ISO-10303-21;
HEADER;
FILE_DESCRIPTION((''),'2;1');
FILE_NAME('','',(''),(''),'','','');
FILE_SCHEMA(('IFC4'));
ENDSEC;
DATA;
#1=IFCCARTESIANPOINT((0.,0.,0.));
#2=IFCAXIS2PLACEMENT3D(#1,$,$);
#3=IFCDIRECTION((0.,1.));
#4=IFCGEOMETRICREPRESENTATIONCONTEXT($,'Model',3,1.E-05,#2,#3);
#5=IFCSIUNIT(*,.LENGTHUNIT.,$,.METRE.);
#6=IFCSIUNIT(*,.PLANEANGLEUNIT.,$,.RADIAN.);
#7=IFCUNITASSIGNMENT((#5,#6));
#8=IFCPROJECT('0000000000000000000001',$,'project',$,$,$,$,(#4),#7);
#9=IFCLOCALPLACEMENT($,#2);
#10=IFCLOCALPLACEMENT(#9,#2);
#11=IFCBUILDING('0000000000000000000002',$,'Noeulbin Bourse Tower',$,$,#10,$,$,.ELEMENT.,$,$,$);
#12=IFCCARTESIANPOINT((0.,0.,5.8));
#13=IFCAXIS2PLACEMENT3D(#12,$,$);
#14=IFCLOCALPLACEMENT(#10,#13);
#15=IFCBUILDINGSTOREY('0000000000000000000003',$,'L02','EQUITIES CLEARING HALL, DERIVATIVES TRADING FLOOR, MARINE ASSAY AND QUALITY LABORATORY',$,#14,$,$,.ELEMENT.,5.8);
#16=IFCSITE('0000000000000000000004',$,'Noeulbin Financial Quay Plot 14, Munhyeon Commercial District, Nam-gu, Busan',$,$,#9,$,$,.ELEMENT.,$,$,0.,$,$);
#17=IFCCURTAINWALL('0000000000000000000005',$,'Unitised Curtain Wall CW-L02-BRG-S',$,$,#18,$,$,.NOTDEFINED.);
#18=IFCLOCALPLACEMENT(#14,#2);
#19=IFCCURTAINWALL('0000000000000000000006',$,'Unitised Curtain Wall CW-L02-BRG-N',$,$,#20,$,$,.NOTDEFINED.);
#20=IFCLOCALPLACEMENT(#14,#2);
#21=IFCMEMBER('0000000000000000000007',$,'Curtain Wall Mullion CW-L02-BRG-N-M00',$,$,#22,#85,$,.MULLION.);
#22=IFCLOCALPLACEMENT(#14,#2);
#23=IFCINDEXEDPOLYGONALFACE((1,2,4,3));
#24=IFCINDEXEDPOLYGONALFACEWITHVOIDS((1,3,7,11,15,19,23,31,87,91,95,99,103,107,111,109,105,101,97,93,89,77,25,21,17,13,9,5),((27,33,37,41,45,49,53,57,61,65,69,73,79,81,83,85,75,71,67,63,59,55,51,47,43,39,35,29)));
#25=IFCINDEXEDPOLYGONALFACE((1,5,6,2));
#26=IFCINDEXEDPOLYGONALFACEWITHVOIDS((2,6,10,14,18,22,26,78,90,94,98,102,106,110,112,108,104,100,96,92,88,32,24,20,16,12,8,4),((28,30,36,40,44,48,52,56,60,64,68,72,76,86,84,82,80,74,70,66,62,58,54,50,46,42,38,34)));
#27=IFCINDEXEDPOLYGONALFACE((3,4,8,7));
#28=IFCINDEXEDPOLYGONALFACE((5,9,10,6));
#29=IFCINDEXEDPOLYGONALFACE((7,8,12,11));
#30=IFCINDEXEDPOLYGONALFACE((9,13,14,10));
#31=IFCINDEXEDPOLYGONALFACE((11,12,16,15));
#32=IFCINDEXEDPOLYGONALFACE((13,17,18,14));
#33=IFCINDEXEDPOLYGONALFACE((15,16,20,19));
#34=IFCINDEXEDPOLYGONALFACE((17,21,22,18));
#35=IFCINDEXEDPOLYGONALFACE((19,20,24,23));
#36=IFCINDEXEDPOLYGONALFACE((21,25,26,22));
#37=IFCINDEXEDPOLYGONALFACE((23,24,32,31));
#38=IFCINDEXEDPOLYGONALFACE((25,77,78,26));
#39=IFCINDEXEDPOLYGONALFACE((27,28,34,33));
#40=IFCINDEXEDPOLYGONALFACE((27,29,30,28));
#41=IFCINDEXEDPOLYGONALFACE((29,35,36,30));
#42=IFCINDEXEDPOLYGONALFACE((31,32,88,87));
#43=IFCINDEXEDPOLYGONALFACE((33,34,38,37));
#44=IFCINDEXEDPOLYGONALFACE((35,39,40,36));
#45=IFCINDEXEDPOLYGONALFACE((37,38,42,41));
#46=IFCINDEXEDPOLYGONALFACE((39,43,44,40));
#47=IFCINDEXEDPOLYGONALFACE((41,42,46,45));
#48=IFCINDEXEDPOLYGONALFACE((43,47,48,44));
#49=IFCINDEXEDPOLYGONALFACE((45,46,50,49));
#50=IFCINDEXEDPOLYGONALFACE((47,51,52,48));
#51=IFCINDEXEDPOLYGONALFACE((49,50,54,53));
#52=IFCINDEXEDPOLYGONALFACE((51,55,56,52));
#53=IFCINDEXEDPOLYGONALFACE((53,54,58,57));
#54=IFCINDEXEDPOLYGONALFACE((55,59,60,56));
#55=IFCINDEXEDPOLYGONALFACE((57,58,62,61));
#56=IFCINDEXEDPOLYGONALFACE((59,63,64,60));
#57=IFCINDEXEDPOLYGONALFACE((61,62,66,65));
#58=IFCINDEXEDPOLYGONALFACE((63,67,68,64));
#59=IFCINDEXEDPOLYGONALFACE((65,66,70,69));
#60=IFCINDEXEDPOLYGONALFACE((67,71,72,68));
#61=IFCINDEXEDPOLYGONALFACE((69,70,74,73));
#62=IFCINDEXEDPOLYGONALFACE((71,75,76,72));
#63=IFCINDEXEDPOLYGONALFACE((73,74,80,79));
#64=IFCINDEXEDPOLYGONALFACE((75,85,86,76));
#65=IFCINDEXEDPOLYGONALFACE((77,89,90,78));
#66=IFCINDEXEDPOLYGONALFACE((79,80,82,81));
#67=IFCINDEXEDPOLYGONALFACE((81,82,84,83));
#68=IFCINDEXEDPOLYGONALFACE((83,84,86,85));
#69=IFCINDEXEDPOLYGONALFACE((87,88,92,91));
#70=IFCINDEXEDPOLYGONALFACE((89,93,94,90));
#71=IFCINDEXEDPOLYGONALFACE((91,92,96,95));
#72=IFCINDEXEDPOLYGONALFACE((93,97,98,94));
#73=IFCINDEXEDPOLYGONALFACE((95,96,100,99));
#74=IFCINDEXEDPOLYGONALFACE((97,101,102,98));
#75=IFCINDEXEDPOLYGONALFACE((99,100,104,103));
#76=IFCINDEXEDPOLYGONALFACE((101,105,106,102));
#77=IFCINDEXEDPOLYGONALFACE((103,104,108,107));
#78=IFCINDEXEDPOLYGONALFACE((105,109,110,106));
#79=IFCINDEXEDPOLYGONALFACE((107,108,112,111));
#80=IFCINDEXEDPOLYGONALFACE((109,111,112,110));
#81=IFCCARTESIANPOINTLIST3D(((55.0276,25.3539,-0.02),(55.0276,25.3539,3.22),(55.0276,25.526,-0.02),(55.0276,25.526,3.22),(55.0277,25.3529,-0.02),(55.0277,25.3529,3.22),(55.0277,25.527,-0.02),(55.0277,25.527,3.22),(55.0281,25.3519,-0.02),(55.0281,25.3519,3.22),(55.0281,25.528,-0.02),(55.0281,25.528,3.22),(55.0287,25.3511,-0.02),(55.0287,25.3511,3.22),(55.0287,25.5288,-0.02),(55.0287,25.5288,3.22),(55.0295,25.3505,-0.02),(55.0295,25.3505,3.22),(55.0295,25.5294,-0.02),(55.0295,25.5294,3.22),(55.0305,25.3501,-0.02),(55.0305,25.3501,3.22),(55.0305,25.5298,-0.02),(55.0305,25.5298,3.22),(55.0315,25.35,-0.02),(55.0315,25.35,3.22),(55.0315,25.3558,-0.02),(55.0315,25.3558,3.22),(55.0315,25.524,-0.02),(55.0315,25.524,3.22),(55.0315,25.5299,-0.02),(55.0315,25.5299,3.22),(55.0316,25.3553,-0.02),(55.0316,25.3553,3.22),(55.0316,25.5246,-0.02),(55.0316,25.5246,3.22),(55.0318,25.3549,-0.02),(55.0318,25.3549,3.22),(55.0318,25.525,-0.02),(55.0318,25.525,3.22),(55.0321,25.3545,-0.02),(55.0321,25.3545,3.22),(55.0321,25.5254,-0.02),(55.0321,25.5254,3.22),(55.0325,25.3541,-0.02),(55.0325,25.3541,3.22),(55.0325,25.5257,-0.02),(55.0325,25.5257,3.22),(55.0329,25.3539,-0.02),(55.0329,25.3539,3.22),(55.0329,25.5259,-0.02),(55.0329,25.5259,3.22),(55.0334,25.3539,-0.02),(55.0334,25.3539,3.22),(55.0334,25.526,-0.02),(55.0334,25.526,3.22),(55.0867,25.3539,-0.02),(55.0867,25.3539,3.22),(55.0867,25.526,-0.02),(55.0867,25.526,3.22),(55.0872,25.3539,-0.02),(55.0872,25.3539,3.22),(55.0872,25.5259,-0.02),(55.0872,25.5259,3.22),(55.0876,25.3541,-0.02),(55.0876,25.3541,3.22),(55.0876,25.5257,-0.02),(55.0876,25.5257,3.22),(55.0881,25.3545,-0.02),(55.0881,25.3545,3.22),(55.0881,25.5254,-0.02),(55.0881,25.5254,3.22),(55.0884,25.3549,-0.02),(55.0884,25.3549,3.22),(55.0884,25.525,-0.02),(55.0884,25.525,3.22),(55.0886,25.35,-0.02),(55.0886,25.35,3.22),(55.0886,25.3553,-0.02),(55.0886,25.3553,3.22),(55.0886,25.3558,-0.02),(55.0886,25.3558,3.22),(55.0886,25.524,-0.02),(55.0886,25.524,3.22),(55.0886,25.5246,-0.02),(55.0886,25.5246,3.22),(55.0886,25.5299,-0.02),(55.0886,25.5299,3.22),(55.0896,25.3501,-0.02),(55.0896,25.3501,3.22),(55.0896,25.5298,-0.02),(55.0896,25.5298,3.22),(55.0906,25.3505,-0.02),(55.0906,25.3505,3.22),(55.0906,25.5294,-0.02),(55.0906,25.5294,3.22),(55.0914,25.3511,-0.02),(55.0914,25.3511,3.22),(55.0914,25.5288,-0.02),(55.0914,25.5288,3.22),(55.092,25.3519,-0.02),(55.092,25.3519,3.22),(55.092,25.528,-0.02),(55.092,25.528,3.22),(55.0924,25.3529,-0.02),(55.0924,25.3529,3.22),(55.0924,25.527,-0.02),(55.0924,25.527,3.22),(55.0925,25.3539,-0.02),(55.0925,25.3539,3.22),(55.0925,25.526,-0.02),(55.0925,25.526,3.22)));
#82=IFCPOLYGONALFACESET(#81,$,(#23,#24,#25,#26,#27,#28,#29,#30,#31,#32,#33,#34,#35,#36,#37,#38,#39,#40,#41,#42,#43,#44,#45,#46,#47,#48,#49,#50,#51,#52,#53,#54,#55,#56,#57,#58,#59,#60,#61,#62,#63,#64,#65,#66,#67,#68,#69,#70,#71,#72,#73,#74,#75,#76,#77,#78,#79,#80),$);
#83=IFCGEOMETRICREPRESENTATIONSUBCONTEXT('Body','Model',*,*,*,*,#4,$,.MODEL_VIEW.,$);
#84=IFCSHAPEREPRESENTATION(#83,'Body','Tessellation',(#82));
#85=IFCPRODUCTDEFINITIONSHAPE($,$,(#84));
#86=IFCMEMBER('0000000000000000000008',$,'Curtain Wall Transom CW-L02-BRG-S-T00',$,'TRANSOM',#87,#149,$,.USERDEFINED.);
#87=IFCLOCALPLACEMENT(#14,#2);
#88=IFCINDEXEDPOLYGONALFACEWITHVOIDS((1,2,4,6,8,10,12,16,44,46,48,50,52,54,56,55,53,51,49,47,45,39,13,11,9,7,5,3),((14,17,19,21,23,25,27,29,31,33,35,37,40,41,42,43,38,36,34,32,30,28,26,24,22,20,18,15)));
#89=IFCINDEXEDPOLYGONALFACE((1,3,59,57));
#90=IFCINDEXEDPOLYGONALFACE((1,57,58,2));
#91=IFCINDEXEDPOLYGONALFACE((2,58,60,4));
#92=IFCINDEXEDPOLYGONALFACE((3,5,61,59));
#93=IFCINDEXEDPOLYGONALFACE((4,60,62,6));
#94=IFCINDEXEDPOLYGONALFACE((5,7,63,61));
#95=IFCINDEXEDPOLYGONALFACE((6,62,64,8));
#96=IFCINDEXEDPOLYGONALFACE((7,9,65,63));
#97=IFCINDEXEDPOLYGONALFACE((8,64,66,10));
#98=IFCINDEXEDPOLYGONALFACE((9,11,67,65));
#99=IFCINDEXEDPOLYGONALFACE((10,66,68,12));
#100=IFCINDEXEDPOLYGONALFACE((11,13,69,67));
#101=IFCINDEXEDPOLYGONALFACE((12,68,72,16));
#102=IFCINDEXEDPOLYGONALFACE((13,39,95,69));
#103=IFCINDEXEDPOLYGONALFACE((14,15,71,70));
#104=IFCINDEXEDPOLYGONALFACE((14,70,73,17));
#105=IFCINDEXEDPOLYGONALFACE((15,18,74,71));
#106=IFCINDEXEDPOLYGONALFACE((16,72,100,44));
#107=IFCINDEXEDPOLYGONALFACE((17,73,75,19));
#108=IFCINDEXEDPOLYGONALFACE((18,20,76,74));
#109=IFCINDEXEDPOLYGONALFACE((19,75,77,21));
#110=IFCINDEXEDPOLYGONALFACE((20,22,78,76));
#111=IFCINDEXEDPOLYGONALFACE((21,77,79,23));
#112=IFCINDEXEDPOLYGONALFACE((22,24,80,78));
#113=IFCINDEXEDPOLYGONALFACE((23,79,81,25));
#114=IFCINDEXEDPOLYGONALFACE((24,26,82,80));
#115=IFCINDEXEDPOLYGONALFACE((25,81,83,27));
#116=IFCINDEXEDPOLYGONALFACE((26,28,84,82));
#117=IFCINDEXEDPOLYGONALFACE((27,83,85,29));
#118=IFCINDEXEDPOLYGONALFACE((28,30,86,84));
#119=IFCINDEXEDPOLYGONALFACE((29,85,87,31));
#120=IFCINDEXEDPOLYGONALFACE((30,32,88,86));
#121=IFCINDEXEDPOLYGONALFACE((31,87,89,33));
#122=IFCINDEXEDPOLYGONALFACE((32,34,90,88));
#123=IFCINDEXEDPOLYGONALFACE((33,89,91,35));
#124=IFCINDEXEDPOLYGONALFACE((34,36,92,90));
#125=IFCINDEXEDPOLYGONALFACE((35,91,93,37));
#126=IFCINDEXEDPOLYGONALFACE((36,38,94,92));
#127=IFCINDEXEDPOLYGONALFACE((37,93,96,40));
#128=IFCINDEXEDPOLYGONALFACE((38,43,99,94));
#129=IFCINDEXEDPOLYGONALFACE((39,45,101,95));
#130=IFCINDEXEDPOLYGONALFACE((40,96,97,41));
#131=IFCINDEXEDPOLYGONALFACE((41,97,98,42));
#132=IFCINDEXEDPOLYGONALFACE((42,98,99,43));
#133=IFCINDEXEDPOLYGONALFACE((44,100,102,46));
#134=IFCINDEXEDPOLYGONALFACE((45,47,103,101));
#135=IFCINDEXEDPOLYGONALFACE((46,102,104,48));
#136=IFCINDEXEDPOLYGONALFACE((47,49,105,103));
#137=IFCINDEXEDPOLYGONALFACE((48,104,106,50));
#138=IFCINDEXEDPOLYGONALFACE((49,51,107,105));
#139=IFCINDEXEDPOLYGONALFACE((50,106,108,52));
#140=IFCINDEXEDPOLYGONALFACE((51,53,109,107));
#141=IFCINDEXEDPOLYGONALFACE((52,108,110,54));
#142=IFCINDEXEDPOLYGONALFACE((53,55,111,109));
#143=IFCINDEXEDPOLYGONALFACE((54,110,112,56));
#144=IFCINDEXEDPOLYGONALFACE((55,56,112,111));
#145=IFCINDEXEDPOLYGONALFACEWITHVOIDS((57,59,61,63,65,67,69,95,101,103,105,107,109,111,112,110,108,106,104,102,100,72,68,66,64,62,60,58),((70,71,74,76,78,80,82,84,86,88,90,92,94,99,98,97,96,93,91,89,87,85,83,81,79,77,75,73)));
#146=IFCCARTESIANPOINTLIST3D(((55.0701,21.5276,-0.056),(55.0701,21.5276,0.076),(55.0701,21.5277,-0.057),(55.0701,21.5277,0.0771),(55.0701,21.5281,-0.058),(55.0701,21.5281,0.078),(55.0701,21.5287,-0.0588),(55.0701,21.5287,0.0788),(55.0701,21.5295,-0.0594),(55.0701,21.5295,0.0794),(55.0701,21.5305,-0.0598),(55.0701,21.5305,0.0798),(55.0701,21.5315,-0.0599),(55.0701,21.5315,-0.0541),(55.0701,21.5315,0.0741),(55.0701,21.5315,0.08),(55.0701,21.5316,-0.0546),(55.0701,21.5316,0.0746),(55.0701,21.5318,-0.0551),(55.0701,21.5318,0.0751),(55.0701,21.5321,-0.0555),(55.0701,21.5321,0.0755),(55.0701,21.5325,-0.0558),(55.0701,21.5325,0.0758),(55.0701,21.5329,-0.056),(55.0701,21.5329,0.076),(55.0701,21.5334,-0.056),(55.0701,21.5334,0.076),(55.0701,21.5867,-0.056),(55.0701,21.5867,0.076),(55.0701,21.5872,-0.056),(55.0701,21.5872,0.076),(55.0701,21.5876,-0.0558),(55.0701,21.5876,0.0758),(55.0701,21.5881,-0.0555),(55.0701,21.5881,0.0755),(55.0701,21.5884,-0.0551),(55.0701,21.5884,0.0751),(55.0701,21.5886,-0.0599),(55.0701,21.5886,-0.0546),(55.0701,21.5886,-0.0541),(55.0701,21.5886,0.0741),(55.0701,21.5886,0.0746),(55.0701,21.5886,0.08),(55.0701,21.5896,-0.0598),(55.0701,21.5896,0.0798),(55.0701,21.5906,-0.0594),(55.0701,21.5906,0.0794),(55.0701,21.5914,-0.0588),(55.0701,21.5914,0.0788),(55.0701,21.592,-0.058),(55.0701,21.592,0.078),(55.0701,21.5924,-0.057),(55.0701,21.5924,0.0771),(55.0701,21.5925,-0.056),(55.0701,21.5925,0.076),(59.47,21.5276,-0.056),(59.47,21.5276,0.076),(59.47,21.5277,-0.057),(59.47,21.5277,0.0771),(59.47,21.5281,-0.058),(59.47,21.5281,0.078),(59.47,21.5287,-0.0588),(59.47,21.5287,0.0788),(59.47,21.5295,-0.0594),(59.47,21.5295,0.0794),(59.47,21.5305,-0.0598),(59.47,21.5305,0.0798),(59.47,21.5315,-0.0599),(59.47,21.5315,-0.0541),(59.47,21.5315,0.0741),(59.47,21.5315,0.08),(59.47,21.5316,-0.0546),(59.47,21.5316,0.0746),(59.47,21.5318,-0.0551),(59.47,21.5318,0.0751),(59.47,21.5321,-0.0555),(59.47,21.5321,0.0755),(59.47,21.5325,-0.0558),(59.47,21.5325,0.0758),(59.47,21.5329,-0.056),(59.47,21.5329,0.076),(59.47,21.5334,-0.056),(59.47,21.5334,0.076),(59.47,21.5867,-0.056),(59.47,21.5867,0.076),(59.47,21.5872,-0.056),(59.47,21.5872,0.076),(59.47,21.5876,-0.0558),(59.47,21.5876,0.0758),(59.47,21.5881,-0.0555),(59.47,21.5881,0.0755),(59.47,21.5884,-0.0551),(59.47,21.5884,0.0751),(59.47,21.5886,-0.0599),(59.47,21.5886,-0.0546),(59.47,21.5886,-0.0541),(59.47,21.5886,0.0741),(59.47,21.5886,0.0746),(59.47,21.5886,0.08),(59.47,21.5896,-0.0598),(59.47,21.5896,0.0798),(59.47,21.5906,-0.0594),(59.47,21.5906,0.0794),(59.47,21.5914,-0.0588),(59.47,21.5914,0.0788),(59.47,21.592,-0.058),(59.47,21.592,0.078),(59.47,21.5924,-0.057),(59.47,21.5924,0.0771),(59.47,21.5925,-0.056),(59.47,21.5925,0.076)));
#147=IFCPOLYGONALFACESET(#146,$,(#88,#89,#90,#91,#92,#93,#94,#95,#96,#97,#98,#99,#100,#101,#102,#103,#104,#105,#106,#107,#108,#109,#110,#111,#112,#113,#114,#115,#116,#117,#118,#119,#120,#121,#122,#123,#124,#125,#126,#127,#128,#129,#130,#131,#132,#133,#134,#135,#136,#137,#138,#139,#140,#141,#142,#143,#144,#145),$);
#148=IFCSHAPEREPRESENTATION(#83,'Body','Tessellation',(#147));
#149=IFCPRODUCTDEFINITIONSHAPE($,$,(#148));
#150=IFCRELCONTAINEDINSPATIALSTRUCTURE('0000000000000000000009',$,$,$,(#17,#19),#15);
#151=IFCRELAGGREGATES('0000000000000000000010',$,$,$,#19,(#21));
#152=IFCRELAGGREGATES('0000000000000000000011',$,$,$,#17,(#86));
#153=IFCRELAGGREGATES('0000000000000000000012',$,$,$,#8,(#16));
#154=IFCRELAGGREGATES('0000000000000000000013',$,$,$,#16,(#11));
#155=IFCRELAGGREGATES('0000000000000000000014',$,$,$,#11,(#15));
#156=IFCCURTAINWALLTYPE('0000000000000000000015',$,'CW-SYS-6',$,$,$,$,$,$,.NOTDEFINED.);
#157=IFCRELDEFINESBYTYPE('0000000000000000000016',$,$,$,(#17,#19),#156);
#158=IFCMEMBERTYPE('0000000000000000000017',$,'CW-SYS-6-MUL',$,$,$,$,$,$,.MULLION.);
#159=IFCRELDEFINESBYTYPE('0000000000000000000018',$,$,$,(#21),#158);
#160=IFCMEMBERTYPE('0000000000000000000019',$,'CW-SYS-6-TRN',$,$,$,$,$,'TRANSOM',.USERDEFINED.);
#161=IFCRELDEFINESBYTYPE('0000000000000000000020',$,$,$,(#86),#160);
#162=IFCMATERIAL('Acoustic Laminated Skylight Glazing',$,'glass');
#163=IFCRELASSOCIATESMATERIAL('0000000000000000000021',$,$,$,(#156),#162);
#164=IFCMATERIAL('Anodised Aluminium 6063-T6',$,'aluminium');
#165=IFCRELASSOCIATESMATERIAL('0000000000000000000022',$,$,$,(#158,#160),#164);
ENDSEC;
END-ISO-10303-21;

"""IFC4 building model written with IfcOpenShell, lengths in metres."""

from ifc_helpers import new_model, si_unit, direction, frame, origin, origin_2d, place, context, subcontext, project, spatial, hollow_rectangle, extrude, material, material_profile, profile_set, type_object, element, aggregate, save


model = new_model("IFC4")

# Units and contexts
model_context = context("Model", 3, precision=1e-05, world=origin(), true_north=direction((0.0, 1.0)))
body_context = subcontext(model_context, "Body", "Model", "MODEL_VIEW")
ifc_project = project(units=[si_unit("LENGTHUNIT", "METRE"), si_unit("PLANEANGLEUNIT", "RADIAN")], contexts=[model_context])

# Site, building, storey
site_placement = place(None, origin())
site = spatial("IfcSite", under=ifc_project, at=site_placement, Name="Noeulbin Financial Quay Plot 14, Munhyeon Commercial District, Nam-gu, Busan", CompositionType="ELEMENT", RefElevation=0.0)
building_placement = place(site_placement, origin())
building = spatial("IfcBuilding", under=site, at=building_placement, Name="Noeulbin Bourse Tower", CompositionType="ELEMENT")
storey_placement = place(building_placement, frame((0.0, 0.0, 5.8)))
storey = spatial("IfcBuildingStorey", under=building, at=storey_placement, Name="L02", Description="EQUITIES CLEARING HALL, DERIVATIVES TRADING FLOOR, MARINE ASSAY AND QUALITY LABORATORY", CompositionType="ELEMENT", Elevation=5.8)

# Shared definitions
ifc_material_1 = material(Name="Anodised Aluminium 6063-T6", Category="aluminium")

# Curtain wall
ifc_material_2 = material(Name="Acoustic Laminated Skylight Glazing", Category="glass")
curtain_wall_type_1 = type_object("IfcCurtainWallType", Name="CW-SYS-6", PredefinedType="NOTDEFINED", material=ifc_material_2)
curtain_wall_1_placement = place(storey_placement, origin())
curtain_wall_1 = element("IfcCurtainWall", 1, at=curtain_wall_1_placement, inside=storey, type_object=curtain_wall_type_1, Name="Unitised Curtain Wall CW-L02-BRG-S", PredefinedType="NOTDEFINED")
ifc_material_profile_1 = material_profile(ifc_material_1, hollow_rectangle(XDim=0.0649, YDim=0.1799, WallThickness=0.0039, InnerFilletRadius=0.002, OuterFilletRadius=0.0039, at=origin_2d()), Name="ALU-MULL-65x180x4", Category="LoadBearing")
ifc_profile_set_1 = profile_set([ifc_material_profile_1], Name="Anodised Aluminium 6063-T6")
member_type_1 = type_object("IfcMemberType", Name="CW-SYS-6-MUL", PredefinedType="MULLION", material=ifc_profile_set_1)

# Curtain wall, member
curtain_wall_2_placement = place(storey_placement, origin())
curtain_wall_2 = element("IfcCurtainWall", 2, at=curtain_wall_2_placement, inside=storey, type_object=curtain_wall_type_1, Name="Unitised Curtain Wall CW-L02-BRG-N", PredefinedType="NOTDEFINED")
member_1_placement = place(storey_placement, frame((55.0601, 25.4399, -0.02), z_axis=(0.0, 0.0, 1.0), x_axis=(1.0, 0.0, 0.0)))
member_1 = element("IfcMember", 3, at=member_1_placement, type_object=member_type_1, Name="Curtain Wall Mullion CW-L02-BRG-N-M00", PredefinedType="MULLION", context=body_context, shape_type="SweptSolid", body=[
    extrude(hollow_rectangle(XDim=0.0649, YDim=0.1799, WallThickness=0.0039, InnerFilletRadius=0.002, OuterFilletRadius=0.0039, at=origin_2d()), origin(), (0.0, 0.0, 1.0), 3.24),
])

# Member
ifc_material_profile_2 = material_profile(ifc_material_1, hollow_rectangle(XDim=0.0649, YDim=0.1399, WallThickness=0.0039, InnerFilletRadius=0.002, OuterFilletRadius=0.0039, at=origin_2d()), Name="ALU-TRAN-65x140x4", Category="LoadBearing")
ifc_profile_set_2 = profile_set([ifc_material_profile_2], Name="Anodised Aluminium 6063-T6")
member_type_2 = type_object("IfcMemberType", Name="CW-SYS-6-TRN", ElementType="TRANSOM", PredefinedType="USERDEFINED", material=ifc_profile_set_2)
member_2_placement = place(storey_placement, frame((55.0701, 21.5601, 0.01), z_axis=(1.0, 0.0, 0.0), x_axis=(0.0, 1.0, 0.0)))
member_2 = element("IfcMember", 4, at=member_2_placement, type_object=member_type_2, Name="Curtain Wall Transom CW-L02-BRG-S-T00", ObjectType="TRANSOM", PredefinedType="USERDEFINED", context=body_context, shape_type="SweptSolid", body=[
    extrude(hollow_rectangle(XDim=0.0649, YDim=0.1399, WallThickness=0.0039, InnerFilletRadius=0.002, OuterFilletRadius=0.0039, at=origin_2d()), origin(), (0.0, 0.0, 1.0), 4.3999),
])
aggregate(curtain_wall_2, [member_1])

aggregate(curtain_wall_1, [member_2])

save(model, "model.ifc")
